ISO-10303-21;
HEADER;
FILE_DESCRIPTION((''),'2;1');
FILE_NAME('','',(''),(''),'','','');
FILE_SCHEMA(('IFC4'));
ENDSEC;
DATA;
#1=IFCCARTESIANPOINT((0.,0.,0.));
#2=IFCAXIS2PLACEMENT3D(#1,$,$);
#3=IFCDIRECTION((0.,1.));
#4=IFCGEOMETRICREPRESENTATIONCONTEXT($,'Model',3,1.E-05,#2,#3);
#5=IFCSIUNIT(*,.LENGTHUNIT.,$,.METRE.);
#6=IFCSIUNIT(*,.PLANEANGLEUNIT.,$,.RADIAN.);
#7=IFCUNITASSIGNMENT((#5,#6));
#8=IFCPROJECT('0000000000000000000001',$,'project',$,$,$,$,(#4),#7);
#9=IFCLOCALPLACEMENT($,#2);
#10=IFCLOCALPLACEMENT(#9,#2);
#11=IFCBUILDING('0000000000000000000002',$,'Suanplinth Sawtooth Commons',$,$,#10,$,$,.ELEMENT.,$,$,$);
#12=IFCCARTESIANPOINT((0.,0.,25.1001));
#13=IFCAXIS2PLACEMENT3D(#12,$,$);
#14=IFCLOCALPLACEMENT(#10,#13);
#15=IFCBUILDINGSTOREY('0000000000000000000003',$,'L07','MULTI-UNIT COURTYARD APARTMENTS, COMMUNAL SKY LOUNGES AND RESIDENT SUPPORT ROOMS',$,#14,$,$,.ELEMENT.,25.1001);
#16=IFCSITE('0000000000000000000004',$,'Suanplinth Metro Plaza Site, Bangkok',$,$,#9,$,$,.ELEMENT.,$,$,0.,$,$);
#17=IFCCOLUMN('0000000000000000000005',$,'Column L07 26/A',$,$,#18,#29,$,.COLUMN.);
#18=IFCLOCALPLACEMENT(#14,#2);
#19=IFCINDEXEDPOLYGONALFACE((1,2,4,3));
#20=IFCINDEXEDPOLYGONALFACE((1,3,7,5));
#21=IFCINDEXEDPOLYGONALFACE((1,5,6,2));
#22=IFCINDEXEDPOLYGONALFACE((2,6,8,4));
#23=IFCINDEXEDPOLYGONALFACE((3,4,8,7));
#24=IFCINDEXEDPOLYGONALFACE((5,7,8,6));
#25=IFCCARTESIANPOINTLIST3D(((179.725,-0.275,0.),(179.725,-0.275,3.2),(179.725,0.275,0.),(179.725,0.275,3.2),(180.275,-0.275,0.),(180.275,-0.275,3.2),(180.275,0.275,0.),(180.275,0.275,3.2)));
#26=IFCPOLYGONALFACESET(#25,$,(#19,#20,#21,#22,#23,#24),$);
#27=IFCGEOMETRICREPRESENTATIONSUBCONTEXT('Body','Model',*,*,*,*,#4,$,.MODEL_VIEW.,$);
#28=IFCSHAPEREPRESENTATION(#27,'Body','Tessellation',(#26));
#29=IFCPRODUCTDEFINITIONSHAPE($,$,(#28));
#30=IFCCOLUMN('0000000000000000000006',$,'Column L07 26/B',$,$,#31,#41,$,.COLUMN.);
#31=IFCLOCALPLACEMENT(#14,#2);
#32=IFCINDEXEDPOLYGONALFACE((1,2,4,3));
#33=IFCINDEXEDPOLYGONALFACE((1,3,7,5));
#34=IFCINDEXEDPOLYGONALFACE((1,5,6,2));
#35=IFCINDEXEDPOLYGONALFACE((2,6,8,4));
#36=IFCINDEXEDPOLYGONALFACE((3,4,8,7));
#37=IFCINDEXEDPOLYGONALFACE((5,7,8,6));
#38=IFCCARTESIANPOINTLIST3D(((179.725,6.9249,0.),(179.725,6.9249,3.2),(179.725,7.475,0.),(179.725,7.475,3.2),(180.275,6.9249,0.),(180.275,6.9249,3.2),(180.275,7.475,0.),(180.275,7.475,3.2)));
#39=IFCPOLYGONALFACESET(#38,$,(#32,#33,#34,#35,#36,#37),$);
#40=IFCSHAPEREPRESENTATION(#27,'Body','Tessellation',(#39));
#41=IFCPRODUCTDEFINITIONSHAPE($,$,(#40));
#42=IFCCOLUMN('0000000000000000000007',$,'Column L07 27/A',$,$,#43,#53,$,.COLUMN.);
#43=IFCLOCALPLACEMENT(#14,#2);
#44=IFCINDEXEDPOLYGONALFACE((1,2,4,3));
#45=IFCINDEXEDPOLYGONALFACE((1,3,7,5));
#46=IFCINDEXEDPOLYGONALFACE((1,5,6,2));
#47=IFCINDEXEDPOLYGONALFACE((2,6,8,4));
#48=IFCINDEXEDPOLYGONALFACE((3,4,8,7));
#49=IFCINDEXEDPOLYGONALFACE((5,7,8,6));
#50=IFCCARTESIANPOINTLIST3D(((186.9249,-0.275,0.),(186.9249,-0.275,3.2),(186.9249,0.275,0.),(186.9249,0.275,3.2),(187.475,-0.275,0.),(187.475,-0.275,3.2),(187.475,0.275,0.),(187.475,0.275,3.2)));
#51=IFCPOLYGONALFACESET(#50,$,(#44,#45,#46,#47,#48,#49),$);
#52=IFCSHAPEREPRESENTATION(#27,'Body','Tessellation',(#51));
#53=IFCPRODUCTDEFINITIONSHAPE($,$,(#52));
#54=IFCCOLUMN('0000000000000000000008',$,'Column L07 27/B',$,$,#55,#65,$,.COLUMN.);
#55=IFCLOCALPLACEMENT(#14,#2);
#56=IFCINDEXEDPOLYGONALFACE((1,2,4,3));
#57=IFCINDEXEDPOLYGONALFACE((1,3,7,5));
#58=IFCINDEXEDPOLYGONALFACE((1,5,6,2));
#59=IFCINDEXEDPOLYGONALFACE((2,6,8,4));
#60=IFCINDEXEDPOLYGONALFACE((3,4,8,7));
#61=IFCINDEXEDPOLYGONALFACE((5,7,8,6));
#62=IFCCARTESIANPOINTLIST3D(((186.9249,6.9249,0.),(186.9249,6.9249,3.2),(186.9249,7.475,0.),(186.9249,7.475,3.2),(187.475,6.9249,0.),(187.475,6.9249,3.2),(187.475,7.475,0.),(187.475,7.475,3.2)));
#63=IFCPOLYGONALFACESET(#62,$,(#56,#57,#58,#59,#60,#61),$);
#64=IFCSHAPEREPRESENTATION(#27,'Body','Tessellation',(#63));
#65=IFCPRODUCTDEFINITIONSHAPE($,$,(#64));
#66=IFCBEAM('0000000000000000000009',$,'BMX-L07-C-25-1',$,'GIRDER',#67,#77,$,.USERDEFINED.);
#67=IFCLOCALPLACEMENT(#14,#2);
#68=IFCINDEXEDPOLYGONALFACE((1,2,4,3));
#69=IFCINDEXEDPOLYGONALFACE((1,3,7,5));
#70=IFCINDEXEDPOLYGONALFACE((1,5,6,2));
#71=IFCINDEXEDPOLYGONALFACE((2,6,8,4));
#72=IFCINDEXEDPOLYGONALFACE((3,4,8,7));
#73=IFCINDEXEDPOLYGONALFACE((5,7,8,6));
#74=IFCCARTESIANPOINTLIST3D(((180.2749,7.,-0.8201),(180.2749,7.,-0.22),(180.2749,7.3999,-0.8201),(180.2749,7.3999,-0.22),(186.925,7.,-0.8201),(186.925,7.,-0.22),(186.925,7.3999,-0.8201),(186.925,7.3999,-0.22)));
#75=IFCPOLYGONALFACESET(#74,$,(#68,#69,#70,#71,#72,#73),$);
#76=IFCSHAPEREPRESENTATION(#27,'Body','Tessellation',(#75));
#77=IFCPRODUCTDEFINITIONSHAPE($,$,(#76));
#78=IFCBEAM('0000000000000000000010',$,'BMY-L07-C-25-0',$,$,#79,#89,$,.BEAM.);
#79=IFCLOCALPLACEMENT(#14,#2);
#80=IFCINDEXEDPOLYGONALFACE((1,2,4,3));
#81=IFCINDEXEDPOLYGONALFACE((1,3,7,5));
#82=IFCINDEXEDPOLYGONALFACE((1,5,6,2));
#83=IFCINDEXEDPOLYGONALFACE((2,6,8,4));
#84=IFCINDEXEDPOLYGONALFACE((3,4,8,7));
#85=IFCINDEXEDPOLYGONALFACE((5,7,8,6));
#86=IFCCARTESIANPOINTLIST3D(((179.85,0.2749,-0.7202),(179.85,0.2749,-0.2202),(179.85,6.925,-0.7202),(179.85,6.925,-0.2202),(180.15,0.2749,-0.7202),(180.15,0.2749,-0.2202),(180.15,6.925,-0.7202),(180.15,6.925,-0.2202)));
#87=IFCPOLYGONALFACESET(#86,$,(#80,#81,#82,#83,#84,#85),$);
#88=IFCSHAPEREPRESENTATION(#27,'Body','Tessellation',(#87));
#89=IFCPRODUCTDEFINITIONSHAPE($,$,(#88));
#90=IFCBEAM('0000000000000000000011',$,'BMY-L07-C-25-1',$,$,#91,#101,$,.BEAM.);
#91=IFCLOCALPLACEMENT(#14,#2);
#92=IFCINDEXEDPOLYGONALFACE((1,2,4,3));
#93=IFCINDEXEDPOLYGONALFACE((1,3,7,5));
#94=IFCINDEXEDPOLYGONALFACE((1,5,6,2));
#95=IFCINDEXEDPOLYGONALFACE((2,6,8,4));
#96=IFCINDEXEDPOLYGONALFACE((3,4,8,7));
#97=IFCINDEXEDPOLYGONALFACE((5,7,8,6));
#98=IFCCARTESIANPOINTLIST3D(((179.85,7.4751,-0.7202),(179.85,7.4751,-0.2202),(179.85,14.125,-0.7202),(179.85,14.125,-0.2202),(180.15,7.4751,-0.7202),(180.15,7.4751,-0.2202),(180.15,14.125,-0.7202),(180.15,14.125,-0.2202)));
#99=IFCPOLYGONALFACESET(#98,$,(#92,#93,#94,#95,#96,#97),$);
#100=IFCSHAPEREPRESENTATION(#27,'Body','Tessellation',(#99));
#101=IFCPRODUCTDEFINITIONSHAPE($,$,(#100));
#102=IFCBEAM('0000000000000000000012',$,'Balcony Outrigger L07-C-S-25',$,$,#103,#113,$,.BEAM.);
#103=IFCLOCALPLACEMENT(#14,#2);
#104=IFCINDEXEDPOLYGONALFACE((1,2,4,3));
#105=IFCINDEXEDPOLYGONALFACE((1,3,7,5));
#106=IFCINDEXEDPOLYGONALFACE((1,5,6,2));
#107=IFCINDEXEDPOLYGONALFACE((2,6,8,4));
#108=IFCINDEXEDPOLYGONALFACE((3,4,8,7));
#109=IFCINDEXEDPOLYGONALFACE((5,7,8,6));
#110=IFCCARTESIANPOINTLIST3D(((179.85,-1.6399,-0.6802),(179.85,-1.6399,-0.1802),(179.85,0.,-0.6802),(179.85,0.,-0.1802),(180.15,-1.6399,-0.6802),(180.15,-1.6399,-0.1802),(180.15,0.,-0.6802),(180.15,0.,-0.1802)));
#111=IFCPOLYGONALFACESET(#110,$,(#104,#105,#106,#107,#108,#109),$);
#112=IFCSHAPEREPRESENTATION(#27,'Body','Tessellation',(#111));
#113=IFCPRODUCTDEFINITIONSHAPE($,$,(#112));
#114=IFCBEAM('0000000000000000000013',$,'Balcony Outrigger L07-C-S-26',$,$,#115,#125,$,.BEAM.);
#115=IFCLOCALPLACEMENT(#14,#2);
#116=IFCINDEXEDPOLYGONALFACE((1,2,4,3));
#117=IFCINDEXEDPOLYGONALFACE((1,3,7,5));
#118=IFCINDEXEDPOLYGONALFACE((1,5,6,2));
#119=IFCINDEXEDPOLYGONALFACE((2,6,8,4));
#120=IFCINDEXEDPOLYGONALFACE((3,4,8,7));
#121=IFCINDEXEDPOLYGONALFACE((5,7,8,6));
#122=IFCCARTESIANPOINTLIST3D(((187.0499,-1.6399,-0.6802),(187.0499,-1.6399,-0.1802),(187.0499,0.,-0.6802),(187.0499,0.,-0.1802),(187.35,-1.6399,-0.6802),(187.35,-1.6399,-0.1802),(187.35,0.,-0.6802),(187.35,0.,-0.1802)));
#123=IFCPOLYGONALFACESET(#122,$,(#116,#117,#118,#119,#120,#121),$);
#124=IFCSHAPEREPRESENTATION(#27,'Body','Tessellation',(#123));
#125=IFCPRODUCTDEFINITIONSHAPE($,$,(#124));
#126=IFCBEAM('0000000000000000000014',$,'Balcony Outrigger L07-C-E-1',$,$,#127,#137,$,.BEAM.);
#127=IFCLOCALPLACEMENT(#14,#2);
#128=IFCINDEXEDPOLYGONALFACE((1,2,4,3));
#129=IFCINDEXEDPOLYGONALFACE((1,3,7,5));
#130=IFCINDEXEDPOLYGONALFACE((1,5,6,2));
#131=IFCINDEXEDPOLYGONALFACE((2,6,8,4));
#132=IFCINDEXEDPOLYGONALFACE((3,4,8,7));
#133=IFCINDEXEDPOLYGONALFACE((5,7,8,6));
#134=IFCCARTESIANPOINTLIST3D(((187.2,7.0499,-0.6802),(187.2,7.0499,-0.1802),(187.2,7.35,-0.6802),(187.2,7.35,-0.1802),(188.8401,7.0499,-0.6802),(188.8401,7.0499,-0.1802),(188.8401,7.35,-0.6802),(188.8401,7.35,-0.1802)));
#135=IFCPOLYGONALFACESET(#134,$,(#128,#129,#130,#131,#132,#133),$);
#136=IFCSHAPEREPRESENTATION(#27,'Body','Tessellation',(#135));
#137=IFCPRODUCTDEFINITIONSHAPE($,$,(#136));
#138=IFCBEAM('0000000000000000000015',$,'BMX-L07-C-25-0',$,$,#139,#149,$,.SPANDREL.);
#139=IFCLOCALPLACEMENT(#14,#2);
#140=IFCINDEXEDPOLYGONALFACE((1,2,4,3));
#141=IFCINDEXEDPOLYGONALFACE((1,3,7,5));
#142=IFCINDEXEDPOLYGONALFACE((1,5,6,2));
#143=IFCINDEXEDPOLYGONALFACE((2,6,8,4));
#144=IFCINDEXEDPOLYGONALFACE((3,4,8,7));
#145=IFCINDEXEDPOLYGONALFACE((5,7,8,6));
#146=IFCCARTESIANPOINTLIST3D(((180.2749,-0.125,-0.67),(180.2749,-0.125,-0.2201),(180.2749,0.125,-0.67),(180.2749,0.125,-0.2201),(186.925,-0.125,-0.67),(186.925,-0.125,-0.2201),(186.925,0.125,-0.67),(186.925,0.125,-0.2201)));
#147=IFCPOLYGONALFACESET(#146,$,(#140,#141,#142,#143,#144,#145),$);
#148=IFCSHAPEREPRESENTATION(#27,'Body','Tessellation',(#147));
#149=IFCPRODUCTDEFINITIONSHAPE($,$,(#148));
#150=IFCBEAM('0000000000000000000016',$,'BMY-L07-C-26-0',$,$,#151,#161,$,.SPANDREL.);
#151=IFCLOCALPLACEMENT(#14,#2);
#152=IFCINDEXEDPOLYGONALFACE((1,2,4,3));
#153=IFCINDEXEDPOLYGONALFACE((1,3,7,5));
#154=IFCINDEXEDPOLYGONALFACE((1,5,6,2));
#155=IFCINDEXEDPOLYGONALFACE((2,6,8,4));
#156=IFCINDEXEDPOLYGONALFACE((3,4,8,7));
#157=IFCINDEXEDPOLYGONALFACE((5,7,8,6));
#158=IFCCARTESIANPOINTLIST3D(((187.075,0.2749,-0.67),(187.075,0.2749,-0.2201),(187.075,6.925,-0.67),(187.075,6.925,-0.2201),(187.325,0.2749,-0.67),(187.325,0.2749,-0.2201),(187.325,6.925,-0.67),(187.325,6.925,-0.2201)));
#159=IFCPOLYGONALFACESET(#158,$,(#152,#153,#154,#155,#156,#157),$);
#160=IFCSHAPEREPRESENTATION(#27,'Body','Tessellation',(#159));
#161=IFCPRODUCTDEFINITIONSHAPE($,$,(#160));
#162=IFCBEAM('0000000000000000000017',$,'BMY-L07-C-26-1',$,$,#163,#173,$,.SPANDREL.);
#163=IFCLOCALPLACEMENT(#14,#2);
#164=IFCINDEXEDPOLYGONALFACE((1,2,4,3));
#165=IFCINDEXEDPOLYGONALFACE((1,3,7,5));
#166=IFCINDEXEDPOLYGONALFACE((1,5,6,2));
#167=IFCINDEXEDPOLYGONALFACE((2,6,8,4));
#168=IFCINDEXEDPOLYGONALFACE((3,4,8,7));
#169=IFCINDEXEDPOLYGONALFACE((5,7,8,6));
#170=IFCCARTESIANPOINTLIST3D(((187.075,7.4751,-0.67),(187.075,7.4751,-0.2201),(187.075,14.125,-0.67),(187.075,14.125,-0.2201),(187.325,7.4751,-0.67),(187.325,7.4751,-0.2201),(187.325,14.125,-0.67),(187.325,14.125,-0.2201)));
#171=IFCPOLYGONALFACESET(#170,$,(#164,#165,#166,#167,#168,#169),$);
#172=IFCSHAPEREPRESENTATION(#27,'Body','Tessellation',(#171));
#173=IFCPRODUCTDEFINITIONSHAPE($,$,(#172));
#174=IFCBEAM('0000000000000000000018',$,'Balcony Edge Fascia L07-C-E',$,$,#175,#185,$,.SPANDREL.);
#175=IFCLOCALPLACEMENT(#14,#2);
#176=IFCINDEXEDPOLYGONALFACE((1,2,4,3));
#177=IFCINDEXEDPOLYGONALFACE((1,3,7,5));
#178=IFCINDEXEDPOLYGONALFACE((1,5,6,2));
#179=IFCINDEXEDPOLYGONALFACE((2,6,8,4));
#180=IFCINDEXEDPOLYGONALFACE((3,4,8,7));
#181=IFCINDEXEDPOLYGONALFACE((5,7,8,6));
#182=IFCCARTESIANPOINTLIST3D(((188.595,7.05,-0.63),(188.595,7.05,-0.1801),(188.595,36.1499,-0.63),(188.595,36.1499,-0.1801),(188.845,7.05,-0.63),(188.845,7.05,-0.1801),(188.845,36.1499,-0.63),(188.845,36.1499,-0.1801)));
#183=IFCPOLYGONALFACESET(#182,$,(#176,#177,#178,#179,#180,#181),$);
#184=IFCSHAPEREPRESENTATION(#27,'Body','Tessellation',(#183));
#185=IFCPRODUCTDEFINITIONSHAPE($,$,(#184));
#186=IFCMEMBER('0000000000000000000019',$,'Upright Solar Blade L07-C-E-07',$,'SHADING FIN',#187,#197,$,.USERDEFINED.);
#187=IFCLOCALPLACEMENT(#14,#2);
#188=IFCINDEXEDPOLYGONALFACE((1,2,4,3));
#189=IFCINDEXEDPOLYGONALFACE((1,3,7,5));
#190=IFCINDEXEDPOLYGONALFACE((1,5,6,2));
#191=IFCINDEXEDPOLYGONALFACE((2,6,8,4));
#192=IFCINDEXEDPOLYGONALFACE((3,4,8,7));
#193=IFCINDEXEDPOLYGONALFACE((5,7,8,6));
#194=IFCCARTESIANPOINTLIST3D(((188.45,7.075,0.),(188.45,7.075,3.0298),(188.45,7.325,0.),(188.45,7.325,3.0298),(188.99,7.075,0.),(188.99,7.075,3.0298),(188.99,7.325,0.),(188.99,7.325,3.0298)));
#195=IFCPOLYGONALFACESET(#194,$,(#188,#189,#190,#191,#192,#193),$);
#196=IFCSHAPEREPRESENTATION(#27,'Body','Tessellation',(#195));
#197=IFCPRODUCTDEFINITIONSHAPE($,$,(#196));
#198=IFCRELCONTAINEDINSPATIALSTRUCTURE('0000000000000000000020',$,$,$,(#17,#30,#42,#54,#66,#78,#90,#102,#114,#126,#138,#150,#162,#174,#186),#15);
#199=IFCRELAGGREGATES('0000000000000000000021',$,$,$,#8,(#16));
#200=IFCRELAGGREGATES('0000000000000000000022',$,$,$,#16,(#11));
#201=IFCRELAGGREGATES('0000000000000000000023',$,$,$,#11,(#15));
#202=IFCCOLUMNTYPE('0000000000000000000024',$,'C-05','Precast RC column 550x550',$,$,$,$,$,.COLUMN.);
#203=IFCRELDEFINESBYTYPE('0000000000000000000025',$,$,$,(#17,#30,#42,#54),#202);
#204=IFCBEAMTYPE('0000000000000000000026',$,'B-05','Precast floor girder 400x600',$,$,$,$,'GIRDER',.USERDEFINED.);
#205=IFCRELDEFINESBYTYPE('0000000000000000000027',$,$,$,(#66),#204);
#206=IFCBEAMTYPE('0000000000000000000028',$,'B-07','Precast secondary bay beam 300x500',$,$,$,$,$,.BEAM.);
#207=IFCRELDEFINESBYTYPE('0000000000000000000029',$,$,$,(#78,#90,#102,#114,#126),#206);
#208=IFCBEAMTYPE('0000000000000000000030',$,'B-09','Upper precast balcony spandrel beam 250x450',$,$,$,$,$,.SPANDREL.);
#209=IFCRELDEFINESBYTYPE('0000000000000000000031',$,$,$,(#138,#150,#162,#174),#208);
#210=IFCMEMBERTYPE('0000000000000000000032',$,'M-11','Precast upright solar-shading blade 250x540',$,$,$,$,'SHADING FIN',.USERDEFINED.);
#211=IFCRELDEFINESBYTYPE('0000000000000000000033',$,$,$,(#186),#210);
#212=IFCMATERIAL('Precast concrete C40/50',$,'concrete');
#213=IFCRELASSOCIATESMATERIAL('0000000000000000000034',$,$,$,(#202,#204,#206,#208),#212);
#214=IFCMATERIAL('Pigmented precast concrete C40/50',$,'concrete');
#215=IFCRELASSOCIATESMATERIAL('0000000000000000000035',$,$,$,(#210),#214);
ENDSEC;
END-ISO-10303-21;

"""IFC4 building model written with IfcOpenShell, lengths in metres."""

from ifc_helpers import new_model, si_unit, direction, frame, origin, origin_2d, place, context, subcontext, project, spatial, rectangle, extrude, material, material_profile, profile_set, type_object, element, save


model = new_model("IFC4")

# Units and contexts
model_context = context("Model", 3, precision=1e-05, world=origin(), true_north=direction((0.0, 1.0)))
body_context = subcontext(model_context, "Body", "Model", "MODEL_VIEW")
ifc_project = project(units=[si_unit("LENGTHUNIT", "METRE"), si_unit("PLANEANGLEUNIT", "RADIAN")], contexts=[model_context])

# Site, building, storey
site_placement = place(None, origin())
site = spatial("IfcSite", under=ifc_project, at=site_placement, Name="Suanplinth Metro Plaza Site, Bangkok", CompositionType="ELEMENT", RefElevation=0.0)
building_placement = place(site_placement, origin())
building = spatial("IfcBuilding", under=site, at=building_placement, Name="Suanplinth Sawtooth Commons", CompositionType="ELEMENT")
storey_placement = place(building_placement, frame((0.0, 0.0, 25.1001)))
storey = spatial("IfcBuildingStorey", under=building, at=storey_placement, Name="L07", Description="MULTI-UNIT COURTYARD APARTMENTS, COMMUNAL SKY LOUNGES AND RESIDENT SUPPORT ROOMS", CompositionType="ELEMENT", Elevation=25.1001)

# Columns
ifc_material_1 = material(Name="Precast concrete C40/50", Category="concrete")
ifc_material_profile_1 = material_profile(ifc_material_1, rectangle(XDim=0.55, YDim=0.55, at=origin_2d()), Name="PC-COL 550x550")
ifc_profile_set_1 = profile_set([ifc_material_profile_1], Name="Precast concrete C40/50")
column_type = type_object("IfcColumnType", Name="C-05", Description="Precast RC column 550x550", PredefinedType="COLUMN", material=ifc_profile_set_1)
for number, where, z_axis, x_axis, name in (
    (1, (180.0, 0.0, 0.0), (0.0, 0.0, 1.0), (1.0, 0.0, 0.0), "Column L07 26/A"),
    (2, (180.0, 7.2, 0.0), (0.0, 0.0, 1.0), (1.0, 0.0, 0.0), "Column L07 26/B"),
    (3, (187.2, 0.0, 0.0), (0.0, 0.0, 1.0), (1.0, 0.0, 0.0), "Column L07 27/A"),
    (4, (187.2, 7.2, 0.0), (0.0, 0.0, 1.0), (1.0, 0.0, 0.0), "Column L07 27/B"),
):
    element("IfcColumn", number, at=place(storey_placement, frame(where, z_axis=z_axis, x_axis=x_axis)), inside=storey, type_object=column_type, Name=name, PredefinedType="COLUMN", context=body_context, shape_type="SweptSolid", body=[
        extrude(rectangle(XDim=0.55, YDim=0.55, at=origin_2d()), origin(), (0.0, 0.0, 1.0), 3.2),
    ])

# Beams
ifc_material_profile_2 = material_profile(ifc_material_1, rectangle(XDim=0.3999, YDim=0.6001, at=origin_2d()), Name="PC-GDR 400x600")
ifc_profile_set_2 = profile_set([ifc_material_profile_2], Name="Precast concrete C40/50")
beam_type_1 = type_object("IfcBeamType", Name="B-05", Description="Precast floor girder 400x600", ElementType="GIRDER", PredefinedType="USERDEFINED", material=ifc_profile_set_2)
beam_1_placement = place(storey_placement, frame((180.2749, 7.2, -0.52), z_axis=(1.0, 0.0, 0.0), x_axis=(0.0, 1.0, 0.0)))
element("IfcBeam", 5, at=beam_1_placement, inside=storey, type_object=beam_type_1, Name="BMX-L07-C-25-1", ObjectType="GIRDER", PredefinedType="USERDEFINED", context=body_context, shape_type="SweptSolid", body=[
    extrude(rectangle(XDim=0.3999, YDim=0.6001, at=origin_2d()), origin(), (0.0, 0.0, 1.0), 6.6501),
])
ifc_material_profile_3 = material_profile(ifc_material_1, rectangle(XDim=0.3, YDim=0.5, at=origin_2d()), Name="PC-BM 300x500")
ifc_profile_set_3 = profile_set([ifc_material_profile_3], Name="Precast concrete C40/50")
beam_type_2 = type_object("IfcBeamType", Name="B-07", Description="Precast secondary bay beam 300x500", PredefinedType="BEAM", material=ifc_profile_set_3)
beam_2_placement = place(storey_placement, frame((180.0, 0.2749, -0.4702), z_axis=(0.0, 1.0, 0.0), x_axis=(-1.0, 0.0, 0.0)))
element("IfcBeam", 6, at=beam_2_placement, inside=storey, type_object=beam_type_2, Name="BMY-L07-C-25-0", PredefinedType="BEAM", context=body_context, shape_type="SweptSolid", body=[
    extrude(rectangle(XDim=0.3, YDim=0.5, at=origin_2d()), origin(), (0.0, 0.0, 1.0), 6.6501),
])
beam_3_placement = place(storey_placement, frame((180.0, 7.4751, -0.4702), z_axis=(0.0, 1.0, 0.0), x_axis=(-1.0, 0.0, 0.0)))
element("IfcBeam", 7, at=beam_3_placement, inside=storey, type_object=beam_type_2, Name="BMY-L07-C-25-1", PredefinedType="BEAM", context=body_context, shape_type="SweptSolid", body=[
    extrude(rectangle(XDim=0.3, YDim=0.5, at=origin_2d()), origin(), (0.0, 0.0, 1.0), 6.6499),
])
for number, where, z_axis, x_axis, name in (
    (8, (180.0, 0.0, -0.4302), (0.0, -1.0, 0.0), (1.0, 0.0, 0.0), "Balcony Outrigger L07-C-S-25"),
    (9, (187.2, 0.0, -0.4302), (0.0, -1.0, 0.0), (1.0, 0.0, 0.0), "Balcony Outrigger L07-C-S-26"),
):
    element("IfcBeam", number, at=place(storey_placement, frame(where, z_axis=z_axis, x_axis=x_axis)), inside=storey, type_object=beam_type_2, Name=name, PredefinedType="BEAM", context=body_context, shape_type="SweptSolid", body=[
        extrude(rectangle(XDim=0.3, YDim=0.5, at=origin_2d()), origin(), (0.0, 0.0, 1.0), 1.6399),
    ])
beam_4_placement = place(storey_placement, frame((187.2, 7.2, -0.4302), z_axis=(1.0, 0.0, 0.0), x_axis=(0.0, 1.0, 0.0)))
element("IfcBeam", 10, at=beam_4_placement, inside=storey, type_object=beam_type_2, Name="Balcony Outrigger L07-C-E-1", PredefinedType="BEAM", context=body_context, shape_type="SweptSolid", body=[
    extrude(rectangle(XDim=0.3, YDim=0.5, at=origin_2d()), origin(), (0.0, 0.0, 1.0), 1.6401),
])
ifc_material_profile_4 = material_profile(ifc_material_1, rectangle(XDim=0.25, YDim=0.45, at=origin_2d()), Name="PC-SP 250x450")
ifc_profile_set_4 = profile_set([ifc_material_profile_4], Name="Precast concrete C40/50")
beam_type_3 = type_object("IfcBeamType", Name="B-09", Description="Upper precast balcony spandrel beam 250x450", PredefinedType="SPANDREL", material=ifc_profile_set_4)
for number, where, z_axis, x_axis, name in (
    (11, (180.2749, 0.0, -0.4451), (1.0, 0.0, 0.0), (0.0, 1.0, 0.0), "BMX-L07-C-25-0"),
    (12, (187.2, 0.2749, -0.4451), (0.0, 1.0, 0.0), (-1.0, 0.0, 0.0), "BMY-L07-C-26-0"),
):
    element("IfcBeam", number, at=place(storey_placement, frame(where, z_axis=z_axis, x_axis=x_axis)), inside=storey, type_object=beam_type_3, Name=name, PredefinedType="SPANDREL", context=body_context, shape_type="SweptSolid", body=[
        extrude(rectangle(XDim=0.25, YDim=0.45, at=origin_2d()), origin(), (0.0, 0.0, 1.0), 6.6501),
    ])
beam_5_placement = place(storey_placement, frame((187.2, 7.4751, -0.4451), z_axis=(0.0, 1.0, 0.0), x_axis=(-1.0, 0.0, 0.0)))
element("IfcBeam", 13, at=beam_5_placement, inside=storey, type_object=beam_type_3, Name="BMY-L07-C-26-1", PredefinedType="SPANDREL", context=body_context, shape_type="SweptSolid", body=[
    extrude(rectangle(XDim=0.25, YDim=0.45, at=origin_2d()), origin(), (0.0, 0.0, 1.0), 6.6499),
])
beam_6_placement = place(storey_placement, frame((188.72, 7.05, -0.405), z_axis=(0.0, 1.0, 0.0), x_axis=(-1.0, 0.0, 0.0)))
element("IfcBeam", 14, at=beam_6_placement, inside=storey, type_object=beam_type_3, Name="Balcony Edge Fascia L07-C-E", PredefinedType="SPANDREL", context=body_context, shape_type="SweptSolid", body=[
    extrude(rectangle(XDim=0.25, YDim=0.45, at=origin_2d()), origin(), (0.0, 0.0, 1.0), 29.0999),
])

# Member
ifc_material_2 = material(Name="Pigmented precast concrete C40/50", Category="concrete")
ifc_material_profile_5 = material_profile(ifc_material_2, rectangle(XDim=0.25, YDim=0.54, at=origin_2d()), Name="PC-FIN 250x540")
ifc_profile_set_5 = profile_set([ifc_material_profile_5], Name="Pigmented precast concrete C40/50")
member_type = type_object("IfcMemberType", Name="M-11", Description="Precast upright solar-shading blade 250x540", ElementType="SHADING FIN", PredefinedType="USERDEFINED", material=ifc_profile_set_5)
member_placement = place(storey_placement, frame((188.72, 7.2, 0.0), z_axis=(0.0, 0.0, 1.0), x_axis=(0.0, 1.0, 0.0)))
element("IfcMember", 15, at=member_placement, inside=storey, type_object=member_type, Name="Upright Solar Blade L07-C-E-07", ObjectType="SHADING FIN", PredefinedType="USERDEFINED", context=body_context, shape_type="SweptSolid", body=[
    extrude(rectangle(XDim=0.25, YDim=0.54, at=origin_2d()), origin(), (0.0, 0.0, 1.0), 3.0298),
])

save(model, "model.ifc")
